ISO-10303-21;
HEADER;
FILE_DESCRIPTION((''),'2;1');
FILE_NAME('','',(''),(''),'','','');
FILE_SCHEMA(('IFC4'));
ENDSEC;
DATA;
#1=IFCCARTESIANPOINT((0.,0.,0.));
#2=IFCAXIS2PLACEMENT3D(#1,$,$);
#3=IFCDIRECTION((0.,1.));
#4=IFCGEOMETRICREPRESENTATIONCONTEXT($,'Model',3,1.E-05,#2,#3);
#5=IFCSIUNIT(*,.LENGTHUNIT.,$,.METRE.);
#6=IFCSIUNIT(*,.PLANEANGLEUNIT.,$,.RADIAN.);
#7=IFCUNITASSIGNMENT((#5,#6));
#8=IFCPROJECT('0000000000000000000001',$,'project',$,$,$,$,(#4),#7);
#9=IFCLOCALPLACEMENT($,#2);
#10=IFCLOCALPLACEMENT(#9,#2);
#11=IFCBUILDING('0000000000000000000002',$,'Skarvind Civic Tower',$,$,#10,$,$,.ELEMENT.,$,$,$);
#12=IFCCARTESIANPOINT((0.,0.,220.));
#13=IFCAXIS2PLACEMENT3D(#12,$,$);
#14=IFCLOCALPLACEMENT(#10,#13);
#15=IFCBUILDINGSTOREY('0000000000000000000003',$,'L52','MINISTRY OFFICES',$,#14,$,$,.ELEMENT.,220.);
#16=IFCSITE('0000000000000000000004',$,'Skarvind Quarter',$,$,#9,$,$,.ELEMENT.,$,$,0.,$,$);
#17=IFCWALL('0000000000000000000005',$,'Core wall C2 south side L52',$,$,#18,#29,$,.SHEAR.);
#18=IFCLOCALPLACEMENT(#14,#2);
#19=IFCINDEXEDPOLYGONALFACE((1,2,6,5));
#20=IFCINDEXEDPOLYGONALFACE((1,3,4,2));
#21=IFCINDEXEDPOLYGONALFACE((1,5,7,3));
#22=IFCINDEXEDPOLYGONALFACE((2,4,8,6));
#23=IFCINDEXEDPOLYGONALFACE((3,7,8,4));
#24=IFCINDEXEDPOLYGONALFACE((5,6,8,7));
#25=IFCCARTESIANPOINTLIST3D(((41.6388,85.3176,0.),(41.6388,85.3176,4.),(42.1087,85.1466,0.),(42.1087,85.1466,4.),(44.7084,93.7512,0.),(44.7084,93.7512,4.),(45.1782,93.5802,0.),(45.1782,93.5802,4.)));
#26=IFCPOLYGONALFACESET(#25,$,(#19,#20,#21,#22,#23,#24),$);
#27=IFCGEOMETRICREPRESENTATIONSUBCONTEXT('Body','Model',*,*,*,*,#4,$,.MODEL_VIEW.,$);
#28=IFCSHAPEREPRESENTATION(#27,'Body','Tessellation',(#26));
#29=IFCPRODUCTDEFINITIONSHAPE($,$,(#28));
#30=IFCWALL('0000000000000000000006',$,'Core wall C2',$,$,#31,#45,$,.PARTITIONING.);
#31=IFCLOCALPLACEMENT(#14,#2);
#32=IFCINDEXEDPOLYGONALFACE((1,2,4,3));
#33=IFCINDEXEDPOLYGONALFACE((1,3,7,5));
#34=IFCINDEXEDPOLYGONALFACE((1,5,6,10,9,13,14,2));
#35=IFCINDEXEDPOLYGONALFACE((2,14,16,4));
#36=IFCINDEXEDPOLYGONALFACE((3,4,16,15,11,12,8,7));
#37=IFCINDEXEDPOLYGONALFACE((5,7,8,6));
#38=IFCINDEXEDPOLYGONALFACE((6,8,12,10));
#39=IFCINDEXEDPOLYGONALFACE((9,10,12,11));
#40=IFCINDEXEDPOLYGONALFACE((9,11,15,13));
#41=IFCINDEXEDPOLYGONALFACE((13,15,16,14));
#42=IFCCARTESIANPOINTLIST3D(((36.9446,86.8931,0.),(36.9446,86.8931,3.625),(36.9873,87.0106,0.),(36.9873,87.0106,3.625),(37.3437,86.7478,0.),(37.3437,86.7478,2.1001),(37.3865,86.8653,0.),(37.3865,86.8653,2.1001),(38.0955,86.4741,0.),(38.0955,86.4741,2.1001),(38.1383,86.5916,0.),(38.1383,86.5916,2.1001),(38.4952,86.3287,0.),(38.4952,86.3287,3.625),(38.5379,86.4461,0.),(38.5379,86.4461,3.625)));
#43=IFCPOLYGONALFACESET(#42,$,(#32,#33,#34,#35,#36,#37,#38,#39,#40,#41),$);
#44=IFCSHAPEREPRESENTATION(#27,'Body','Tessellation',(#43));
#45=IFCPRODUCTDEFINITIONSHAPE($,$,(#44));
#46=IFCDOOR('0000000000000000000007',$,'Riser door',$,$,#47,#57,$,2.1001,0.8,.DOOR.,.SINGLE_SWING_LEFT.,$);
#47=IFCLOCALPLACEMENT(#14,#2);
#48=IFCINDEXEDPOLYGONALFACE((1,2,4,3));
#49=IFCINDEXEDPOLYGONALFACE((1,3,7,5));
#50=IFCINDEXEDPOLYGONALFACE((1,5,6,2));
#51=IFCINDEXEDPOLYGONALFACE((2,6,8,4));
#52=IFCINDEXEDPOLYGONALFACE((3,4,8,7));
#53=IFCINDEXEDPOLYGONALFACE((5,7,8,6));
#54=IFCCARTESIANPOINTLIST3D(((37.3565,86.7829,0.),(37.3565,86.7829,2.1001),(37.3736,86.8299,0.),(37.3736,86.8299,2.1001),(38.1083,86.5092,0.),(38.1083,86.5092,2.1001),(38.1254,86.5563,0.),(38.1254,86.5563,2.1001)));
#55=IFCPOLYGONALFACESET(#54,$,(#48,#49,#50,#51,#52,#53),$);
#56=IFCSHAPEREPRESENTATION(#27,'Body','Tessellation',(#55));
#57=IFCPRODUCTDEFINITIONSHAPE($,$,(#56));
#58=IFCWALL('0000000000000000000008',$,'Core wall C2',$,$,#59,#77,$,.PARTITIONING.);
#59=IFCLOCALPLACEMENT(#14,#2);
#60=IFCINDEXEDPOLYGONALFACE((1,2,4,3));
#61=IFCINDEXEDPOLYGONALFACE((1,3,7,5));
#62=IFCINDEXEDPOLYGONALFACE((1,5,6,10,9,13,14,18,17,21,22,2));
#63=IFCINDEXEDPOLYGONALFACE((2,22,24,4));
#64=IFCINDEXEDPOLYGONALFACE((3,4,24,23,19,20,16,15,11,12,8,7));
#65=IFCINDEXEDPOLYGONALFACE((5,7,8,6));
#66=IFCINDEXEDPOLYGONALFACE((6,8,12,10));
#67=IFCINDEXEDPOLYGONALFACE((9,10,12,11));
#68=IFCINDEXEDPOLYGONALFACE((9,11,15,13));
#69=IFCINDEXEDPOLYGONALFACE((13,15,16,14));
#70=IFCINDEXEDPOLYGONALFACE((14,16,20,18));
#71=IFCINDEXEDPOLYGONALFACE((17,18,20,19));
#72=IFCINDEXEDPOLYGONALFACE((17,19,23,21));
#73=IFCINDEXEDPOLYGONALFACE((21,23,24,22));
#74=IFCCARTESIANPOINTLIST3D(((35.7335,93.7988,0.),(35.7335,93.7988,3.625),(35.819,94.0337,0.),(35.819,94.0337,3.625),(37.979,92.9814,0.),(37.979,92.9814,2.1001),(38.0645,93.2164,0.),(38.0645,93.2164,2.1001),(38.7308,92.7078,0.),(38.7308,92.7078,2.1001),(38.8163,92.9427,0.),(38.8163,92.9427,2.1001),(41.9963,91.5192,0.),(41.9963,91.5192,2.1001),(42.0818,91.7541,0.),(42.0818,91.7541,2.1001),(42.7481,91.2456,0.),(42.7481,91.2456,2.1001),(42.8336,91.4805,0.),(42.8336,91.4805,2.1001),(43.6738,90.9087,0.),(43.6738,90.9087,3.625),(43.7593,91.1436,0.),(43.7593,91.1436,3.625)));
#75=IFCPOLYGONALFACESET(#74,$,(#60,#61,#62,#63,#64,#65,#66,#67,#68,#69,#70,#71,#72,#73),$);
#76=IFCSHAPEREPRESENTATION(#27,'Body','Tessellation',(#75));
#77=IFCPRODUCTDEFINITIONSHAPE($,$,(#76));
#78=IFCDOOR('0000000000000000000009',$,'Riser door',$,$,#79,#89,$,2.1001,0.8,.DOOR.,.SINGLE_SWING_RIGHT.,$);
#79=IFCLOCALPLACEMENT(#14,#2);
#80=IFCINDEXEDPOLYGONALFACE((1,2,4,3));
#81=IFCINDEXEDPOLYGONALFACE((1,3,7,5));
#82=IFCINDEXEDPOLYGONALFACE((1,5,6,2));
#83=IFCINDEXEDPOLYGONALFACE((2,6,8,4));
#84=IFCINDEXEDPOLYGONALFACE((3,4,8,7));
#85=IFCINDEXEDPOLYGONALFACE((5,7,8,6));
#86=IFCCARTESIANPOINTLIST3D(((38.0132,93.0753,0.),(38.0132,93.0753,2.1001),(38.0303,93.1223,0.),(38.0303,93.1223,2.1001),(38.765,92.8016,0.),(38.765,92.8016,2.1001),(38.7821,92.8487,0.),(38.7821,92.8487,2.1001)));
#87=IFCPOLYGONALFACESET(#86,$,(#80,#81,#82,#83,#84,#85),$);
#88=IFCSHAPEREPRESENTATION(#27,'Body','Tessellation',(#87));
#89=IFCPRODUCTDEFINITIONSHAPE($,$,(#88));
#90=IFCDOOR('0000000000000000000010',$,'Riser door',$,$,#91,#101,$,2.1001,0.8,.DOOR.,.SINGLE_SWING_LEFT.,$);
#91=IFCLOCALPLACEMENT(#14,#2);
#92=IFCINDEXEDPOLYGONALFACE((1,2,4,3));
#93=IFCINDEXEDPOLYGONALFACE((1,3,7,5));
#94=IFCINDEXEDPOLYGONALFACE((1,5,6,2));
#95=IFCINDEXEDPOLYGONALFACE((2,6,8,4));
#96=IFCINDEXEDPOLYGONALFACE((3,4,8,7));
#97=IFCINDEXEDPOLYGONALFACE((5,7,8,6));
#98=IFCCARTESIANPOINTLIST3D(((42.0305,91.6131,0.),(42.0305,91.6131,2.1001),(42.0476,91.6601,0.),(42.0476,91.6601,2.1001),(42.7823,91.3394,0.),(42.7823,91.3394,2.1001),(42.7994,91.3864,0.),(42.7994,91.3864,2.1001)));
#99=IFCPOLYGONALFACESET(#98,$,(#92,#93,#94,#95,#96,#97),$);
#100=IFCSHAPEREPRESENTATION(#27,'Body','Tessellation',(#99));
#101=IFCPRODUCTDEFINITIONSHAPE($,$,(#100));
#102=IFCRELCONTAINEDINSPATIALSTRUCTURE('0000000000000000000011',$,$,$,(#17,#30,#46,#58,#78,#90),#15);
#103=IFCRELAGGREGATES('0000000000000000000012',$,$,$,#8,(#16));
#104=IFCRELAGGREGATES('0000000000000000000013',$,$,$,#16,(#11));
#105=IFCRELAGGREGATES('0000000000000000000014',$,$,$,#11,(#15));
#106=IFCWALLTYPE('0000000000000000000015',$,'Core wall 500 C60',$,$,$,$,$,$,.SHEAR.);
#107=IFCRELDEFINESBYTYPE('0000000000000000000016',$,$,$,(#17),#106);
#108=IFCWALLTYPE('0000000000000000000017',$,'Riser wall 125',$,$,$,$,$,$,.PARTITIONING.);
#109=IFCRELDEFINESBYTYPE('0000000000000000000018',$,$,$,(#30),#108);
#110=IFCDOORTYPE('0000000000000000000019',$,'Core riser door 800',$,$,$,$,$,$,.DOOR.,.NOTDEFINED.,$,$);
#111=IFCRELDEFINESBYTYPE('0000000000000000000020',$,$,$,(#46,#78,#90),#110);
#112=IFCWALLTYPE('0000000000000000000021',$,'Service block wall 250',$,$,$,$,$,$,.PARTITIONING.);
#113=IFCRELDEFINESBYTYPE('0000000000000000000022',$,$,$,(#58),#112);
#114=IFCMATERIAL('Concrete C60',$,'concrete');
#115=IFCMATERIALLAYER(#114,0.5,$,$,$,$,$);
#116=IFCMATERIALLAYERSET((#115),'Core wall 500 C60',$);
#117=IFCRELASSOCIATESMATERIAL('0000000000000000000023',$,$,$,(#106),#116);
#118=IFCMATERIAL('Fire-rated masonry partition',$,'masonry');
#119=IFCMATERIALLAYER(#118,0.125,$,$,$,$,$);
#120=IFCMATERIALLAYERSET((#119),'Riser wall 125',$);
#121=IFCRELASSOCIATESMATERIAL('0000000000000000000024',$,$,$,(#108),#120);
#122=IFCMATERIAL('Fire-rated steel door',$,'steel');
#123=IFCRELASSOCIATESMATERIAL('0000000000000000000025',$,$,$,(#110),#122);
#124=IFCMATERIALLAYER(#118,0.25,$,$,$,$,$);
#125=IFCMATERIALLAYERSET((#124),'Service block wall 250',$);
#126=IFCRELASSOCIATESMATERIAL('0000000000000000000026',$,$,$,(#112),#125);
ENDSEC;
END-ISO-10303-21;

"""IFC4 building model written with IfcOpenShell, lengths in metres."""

from ifc_helpers import new_model, si_unit, direction, frame, frame_2d, origin, place, context, subcontext, project, spatial, rectangle, extrude, material, layer, layer_set, type_object, element, fill, save


model = new_model("IFC4")

# Units and contexts
model_context = context("Model", 3, precision=1e-05, world=origin(), true_north=direction((0.0, 1.0)))
body_context = subcontext(model_context, "Body", "Model", "MODEL_VIEW")
ifc_project = project(units=[si_unit("LENGTHUNIT", "METRE"), si_unit("PLANEANGLEUNIT", "RADIAN")], contexts=[model_context])

# Site, building, storey
site_placement = place(None, origin())
site = spatial("IfcSite", under=ifc_project, at=site_placement, Name="Skarvind Quarter", CompositionType="ELEMENT", RefElevation=0.0)
building_placement = place(site_placement, origin())
building = spatial("IfcBuilding", under=site, at=building_placement, Name="Skarvind Civic Tower", CompositionType="ELEMENT")
storey_placement = place(building_placement, frame((0.0, 0.0, 220.0)))
storey = spatial("IfcBuildingStorey", under=building, at=storey_placement, Name="L52", Description="MINISTRY OFFICES", CompositionType="ELEMENT", Elevation=220.0)

# Shared definitions
ifc_material_1 = material(Name="Concrete C60", Category="concrete")

# Shared definitions
ifc_material_2 = material(Name="Fire-rated masonry partition", Category="masonry")
ifc_material_3 = material(Name="Fire-rated steel door", Category="steel")

# Wall
ifc_layer_1 = layer(ifc_material_1, 0.5)
ifc_layer_set_1 = layer_set([ifc_layer_1], Name="Core wall 500 C60")
wall_type_1 = type_object("IfcWallType", Name="Core wall 500 C60", PredefinedType="SHEAR", material=ifc_layer_set_1)
wall_1_placement = place(storey_placement, frame((41.8738, 85.2322, 0.0), z_axis=(0.0, 0.0, 1.0), x_axis=(0.34202, 0.939693, 0.0)))
element("IfcWall", 1, at=wall_1_placement, inside=storey, type_object=wall_type_1, Name="Core wall C2 south side L52", PredefinedType="SHEAR", context=body_context, shape_type="SweptSolid", body=[
    extrude(rectangle(XDim=8.9749, YDim=0.5, at=frame_2d((4.4873, 0.0))), origin(), (0.0, 0.0, 1.0), 4.0),
])

# Wall, opening, door
ifc_layer_2 = layer(ifc_material_2, 0.125)
ifc_layer_set_2 = layer_set([ifc_layer_2], Name="Riser wall 125")
wall_type_2 = type_object("IfcWallType", Name="Riser wall 125", PredefinedType="PARTITIONING", material=ifc_layer_set_2)
wall_2_placement = place(storey_placement, frame((36.9658, 86.9519, 0.0), z_axis=(0.0, 0.0, 1.0), x_axis=(0.939672, -0.342076, 0.0)))
wall_2 = element("IfcWall", 2, at=wall_2_placement, inside=storey, type_object=wall_type_2, Name="Core wall C2", PredefinedType="PARTITIONING", context=body_context, shape_type="SweptSolid", body=[
    extrude(rectangle(XDim=1.6501, YDim=0.125, at=frame_2d((0.8252, 0.0))), origin(), (0.0, 0.0, 1.0), 3.625),
])
opening_1_placement = place(wall_2_placement, frame((0.425, 0.0, 0.0)))
opening_1 = element("IfcOpeningElement", 3, at=opening_1_placement, cuts=wall_2, PredefinedType="OPENING", context=body_context, shape_type="SweptSolid", body=[
    extrude(rectangle(XDim=0.8, YDim=2.1001, at=frame_2d((0.3999, 1.05))), frame((0.0, 0.0725, 0.0), z_axis=(0.0, -1.0, 0.0), x_axis=(1.0, 0.0, 0.0)), (0.0, 0.0, 1.0), 0.145),
])
door_type_1 = type_object("IfcDoorType", Name="Core riser door 800", OperationType="NOTDEFINED", PredefinedType="DOOR", material=ifc_material_3)
door_1_placement = place(opening_1_placement, origin())
door_1 = element("IfcDoor", 4, at=door_1_placement, inside=storey, type_object=door_type_1, Name="Riser door", OperationType="SINGLE_SWING_LEFT", OverallHeight=2.1001, OverallWidth=0.8, PredefinedType="DOOR", context=body_context, shape_type="SweptSolid", body=[
    extrude(rectangle(XDim=0.8, YDim=2.1001, at=frame_2d((0.3999, 1.05))), frame((0.0, 0.0249, 0.0), z_axis=(0.0, -1.0, 0.0), x_axis=(1.0, 0.0, 0.0)), (0.0, 0.0, 1.0), 0.05),
])
fill(opening_1, door_1)

# Wall, openings, doors
ifc_layer_3 = layer(ifc_material_2, 0.25)
ifc_layer_set_3 = layer_set([ifc_layer_3], Name="Service block wall 250")
wall_type_3 = type_object("IfcWallType", Name="Service block wall 250", PredefinedType="PARTITIONING", material=ifc_layer_set_3)
wall_3_placement = place(storey_placement, frame((35.7761, 93.9163, 0.0), z_axis=(0.0, 0.0, 1.0), x_axis=(0.93969, -0.342026, 0.0)))
wall_3 = element("IfcWall", 5, at=wall_3_placement, inside=storey, type_object=wall_type_3, Name="Core wall C2", PredefinedType="PARTITIONING", context=body_context, shape_type="SweptSolid", body=[
    extrude(rectangle(XDim=8.45, YDim=0.25, at=frame_2d((4.2251, 0.0))), origin(), (0.0, 0.0, 1.0), 3.625),
])
opening_2_placement = place(wall_3_placement, frame((2.3899, 0.0, 0.0)))
opening_2 = element("IfcOpeningElement", 6, at=opening_2_placement, cuts=wall_3, PredefinedType="OPENING", context=body_context, shape_type="SweptSolid", body=[
    extrude(rectangle(XDim=0.8, YDim=2.1001, at=frame_2d((0.3999, 1.05))), frame((0.0, 0.135, 0.0), z_axis=(0.0, -1.0, 0.0), x_axis=(1.0, 0.0, 0.0)), (0.0, 0.0, 1.0), 0.27),
])
opening_3_placement = place(wall_3_placement, frame((6.665, 0.0, 0.0)))
opening_3 = element("IfcOpeningElement", 7, at=opening_3_placement, cuts=wall_3, PredefinedType="OPENING", context=body_context, shape_type="SweptSolid", body=[
    extrude(rectangle(XDim=0.8, YDim=2.1001, at=frame_2d((0.3999, 1.05))), frame((0.0, 0.135, 0.0), z_axis=(0.0, -1.0, 0.0), x_axis=(1.0, 0.0, 0.0)), (0.0, 0.0, 1.0), 0.27),
])
door_2_placement = place(opening_2_placement, origin())
door_2 = element("IfcDoor", 8, at=door_2_placement, inside=storey, type_object=door_type_1, Name="Riser door", OperationType="SINGLE_SWING_RIGHT", OverallHeight=2.1001, OverallWidth=0.8, PredefinedType="DOOR", context=body_context, shape_type="SweptSolid", body=[
    extrude(rectangle(XDim=0.8, YDim=2.1001, at=frame_2d((0.3999, 1.05))), frame((0.0, 0.0249, 0.0), z_axis=(0.0, -1.0, 0.0), x_axis=(1.0, 0.0, 0.0)), (0.0, 0.0, 1.0), 0.05),
])
fill(opening_2, door_2)
door_3_placement = place(opening_3_placement, origin())
door_3 = element("IfcDoor", 9, at=door_3_placement, inside=storey, type_object=door_type_1, Name="Riser door", OperationType="SINGLE_SWING_LEFT", OverallHeight=2.1001, OverallWidth=0.8, PredefinedType="DOOR", context=body_context, shape_type="SweptSolid", body=[
    extrude(rectangle(XDim=0.8, YDim=2.1001, at=frame_2d((0.3999, 1.05))), frame((0.0, 0.0249, 0.0), z_axis=(0.0, -1.0, 0.0), x_axis=(1.0, 0.0, 0.0)), (0.0, 0.0, 1.0), 0.05),
])
fill(opening_3, door_3)

save(model, "model.ifc")
